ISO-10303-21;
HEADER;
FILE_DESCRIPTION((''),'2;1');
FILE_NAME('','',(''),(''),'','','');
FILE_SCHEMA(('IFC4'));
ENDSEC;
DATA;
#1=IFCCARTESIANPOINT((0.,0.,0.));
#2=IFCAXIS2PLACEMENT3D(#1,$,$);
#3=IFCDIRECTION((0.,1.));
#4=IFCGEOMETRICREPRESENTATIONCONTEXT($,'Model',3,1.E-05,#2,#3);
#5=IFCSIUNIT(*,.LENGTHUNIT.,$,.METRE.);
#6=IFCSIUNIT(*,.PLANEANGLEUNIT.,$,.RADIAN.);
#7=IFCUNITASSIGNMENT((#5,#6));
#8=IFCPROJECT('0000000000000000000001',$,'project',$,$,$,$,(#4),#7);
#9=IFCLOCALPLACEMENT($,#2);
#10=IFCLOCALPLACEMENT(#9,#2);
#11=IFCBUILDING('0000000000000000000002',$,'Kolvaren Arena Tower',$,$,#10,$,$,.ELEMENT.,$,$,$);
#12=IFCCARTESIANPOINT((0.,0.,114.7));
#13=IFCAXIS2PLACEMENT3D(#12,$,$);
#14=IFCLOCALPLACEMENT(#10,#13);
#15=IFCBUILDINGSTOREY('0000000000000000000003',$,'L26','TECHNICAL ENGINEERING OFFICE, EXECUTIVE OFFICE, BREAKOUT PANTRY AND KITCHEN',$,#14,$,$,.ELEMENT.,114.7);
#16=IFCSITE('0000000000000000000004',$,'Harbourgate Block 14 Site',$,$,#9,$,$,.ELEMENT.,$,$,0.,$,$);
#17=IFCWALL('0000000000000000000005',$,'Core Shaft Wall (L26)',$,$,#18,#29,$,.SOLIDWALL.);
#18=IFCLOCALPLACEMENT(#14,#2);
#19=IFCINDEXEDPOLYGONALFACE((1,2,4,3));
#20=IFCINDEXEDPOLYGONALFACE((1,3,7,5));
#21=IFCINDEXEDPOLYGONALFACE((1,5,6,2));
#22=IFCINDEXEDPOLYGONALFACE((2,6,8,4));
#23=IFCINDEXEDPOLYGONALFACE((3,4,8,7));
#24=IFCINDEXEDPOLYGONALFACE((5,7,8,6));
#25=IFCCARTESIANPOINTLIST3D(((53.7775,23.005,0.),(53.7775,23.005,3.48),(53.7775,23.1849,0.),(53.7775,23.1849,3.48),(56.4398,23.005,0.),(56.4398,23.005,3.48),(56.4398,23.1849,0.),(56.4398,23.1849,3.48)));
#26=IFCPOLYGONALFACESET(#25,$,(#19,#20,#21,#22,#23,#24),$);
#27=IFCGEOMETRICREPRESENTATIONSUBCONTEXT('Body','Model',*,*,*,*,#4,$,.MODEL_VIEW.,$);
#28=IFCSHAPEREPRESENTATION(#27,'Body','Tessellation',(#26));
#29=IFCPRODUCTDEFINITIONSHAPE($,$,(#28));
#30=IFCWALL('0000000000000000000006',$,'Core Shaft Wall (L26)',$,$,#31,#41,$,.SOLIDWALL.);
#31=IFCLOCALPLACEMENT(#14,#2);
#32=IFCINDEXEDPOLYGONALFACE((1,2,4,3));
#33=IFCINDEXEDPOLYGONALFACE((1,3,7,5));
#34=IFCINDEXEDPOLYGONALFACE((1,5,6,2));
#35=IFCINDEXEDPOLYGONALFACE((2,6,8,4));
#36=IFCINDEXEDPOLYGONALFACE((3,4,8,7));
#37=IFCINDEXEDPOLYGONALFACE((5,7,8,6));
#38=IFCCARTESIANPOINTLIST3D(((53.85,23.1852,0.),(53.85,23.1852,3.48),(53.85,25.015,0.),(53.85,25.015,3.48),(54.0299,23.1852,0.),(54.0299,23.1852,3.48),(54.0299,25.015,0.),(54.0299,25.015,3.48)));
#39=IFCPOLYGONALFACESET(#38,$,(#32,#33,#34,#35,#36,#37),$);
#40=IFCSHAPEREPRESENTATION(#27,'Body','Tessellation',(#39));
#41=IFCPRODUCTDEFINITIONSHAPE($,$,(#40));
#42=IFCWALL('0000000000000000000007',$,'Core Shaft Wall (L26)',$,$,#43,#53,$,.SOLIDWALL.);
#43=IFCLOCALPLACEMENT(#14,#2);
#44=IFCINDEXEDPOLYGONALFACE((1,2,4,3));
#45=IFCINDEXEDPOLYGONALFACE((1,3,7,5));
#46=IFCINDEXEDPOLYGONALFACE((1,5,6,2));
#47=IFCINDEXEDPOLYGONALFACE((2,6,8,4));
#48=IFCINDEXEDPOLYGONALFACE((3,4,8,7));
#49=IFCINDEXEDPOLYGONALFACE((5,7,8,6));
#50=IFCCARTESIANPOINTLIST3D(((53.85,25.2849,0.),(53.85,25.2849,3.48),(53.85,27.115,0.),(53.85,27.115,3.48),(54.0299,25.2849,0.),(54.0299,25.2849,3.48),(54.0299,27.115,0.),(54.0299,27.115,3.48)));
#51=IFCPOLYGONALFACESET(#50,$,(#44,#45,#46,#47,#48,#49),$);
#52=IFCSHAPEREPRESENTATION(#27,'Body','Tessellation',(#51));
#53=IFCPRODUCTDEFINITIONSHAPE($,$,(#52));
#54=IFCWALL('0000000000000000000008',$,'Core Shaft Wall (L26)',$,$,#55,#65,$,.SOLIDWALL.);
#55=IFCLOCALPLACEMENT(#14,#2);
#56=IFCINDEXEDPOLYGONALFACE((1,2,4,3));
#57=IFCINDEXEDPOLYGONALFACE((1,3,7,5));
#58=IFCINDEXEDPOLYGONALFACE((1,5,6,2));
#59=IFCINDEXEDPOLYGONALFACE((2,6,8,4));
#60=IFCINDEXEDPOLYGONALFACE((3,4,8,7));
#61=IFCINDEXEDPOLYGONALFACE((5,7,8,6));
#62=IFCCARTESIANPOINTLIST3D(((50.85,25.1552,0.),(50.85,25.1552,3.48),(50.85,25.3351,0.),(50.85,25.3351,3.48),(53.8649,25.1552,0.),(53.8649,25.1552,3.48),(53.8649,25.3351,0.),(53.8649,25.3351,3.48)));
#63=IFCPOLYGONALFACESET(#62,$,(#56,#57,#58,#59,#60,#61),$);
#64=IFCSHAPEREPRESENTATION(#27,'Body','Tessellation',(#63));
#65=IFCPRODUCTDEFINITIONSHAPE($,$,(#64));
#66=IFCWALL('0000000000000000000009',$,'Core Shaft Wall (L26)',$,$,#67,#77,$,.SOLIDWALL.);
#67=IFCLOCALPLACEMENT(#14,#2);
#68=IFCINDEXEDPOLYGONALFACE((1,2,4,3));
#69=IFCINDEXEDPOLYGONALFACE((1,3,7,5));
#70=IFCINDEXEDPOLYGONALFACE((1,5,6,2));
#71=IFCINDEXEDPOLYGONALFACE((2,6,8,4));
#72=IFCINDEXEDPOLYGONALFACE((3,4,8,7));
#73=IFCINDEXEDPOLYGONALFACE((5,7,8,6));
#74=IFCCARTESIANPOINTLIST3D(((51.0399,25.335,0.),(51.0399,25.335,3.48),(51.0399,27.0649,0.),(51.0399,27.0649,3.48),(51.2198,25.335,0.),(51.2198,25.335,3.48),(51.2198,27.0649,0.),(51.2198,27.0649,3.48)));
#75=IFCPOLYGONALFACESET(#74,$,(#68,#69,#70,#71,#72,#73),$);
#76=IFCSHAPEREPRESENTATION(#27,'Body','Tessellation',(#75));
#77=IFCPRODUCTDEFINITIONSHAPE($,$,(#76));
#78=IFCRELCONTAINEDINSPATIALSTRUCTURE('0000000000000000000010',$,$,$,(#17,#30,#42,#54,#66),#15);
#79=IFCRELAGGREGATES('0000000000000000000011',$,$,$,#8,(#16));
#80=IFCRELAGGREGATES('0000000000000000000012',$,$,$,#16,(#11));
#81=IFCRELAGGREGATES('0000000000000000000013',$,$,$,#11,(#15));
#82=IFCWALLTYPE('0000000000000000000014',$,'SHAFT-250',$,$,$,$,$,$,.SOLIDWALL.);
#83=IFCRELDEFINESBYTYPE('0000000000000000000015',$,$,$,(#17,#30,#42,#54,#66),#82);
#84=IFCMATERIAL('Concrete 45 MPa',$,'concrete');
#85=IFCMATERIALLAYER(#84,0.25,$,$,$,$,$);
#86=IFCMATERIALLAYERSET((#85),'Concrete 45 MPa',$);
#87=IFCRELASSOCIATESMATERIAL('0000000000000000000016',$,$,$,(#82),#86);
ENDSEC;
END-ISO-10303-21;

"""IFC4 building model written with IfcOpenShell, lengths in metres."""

from ifc_helpers import new_model, si_unit, direction, frame, frame_2d, origin, place, context, subcontext, project, spatial, rectangle, extrude, material, layer, layer_set, type_object, element, save


model = new_model("IFC4")

# Units and contexts
model_context = context("Model", 3, precision=1e-05, world=origin(), true_north=direction((0.0, 1.0)))
body_context = subcontext(model_context, "Body", "Model", "MODEL_VIEW")
ifc_project = project(units=[si_unit("LENGTHUNIT", "METRE"), si_unit("PLANEANGLEUNIT", "RADIAN")], contexts=[model_context])

# Site, building, storey
site_placement = place(None, origin())
site = spatial("IfcSite", under=ifc_project, at=site_placement, Name="Harbourgate Block 14 Site", CompositionType="ELEMENT", RefElevation=0.0)
building_placement = place(site_placement, origin())
building = spatial("IfcBuilding", under=site, at=building_placement, Name="Kolvaren Arena Tower", CompositionType="ELEMENT")
storey_placement = place(building_placement, frame((0.0, 0.0, 114.7)))
storey = spatial("IfcBuildingStorey", under=building, at=storey_placement, Name="L26", Description="TECHNICAL ENGINEERING OFFICE, EXECUTIVE OFFICE, BREAKOUT PANTRY AND KITCHEN", CompositionType="ELEMENT", Elevation=114.7)

# Shared definitions
ifc_material_1 = material(Name="Concrete 45 MPa", Category="concrete")
ifc_layer_1 = layer(ifc_material_1, 0.25)
ifc_layer_set_1 = layer_set([ifc_layer_1], Name="Concrete 45 MPa")
wall_type_1 = type_object("IfcWallType", Name="SHAFT-250", PredefinedType="SOLIDWALL", material=ifc_layer_set_1)

# Walls
for number, where, z_axis, x_axis, name in (
    (1, (53.7776, 23.095, 0.0), (0.0, 0.0, 1.0), (1.0, 0.0, 0.0), "Core Shaft Wall (L26)"),
):
    element("IfcWall", number, at=place(storey_placement, frame(where, z_axis=z_axis, x_axis=x_axis)), inside=storey, type_object=wall_type_1, Name=name, PredefinedType="SOLIDWALL", context=body_context, shape_type="SweptSolid", body=[
        extrude(rectangle(XDim=2.6624, YDim=0.1799, at=frame_2d((1.3311, 0.0))), origin(), (0.0, 0.0, 1.0), 3.48),
    ])
wall_1_placement = place(storey_placement, frame((53.9399, 23.1851, 0.0), z_axis=(0.0, 0.0, 1.0), x_axis=(0.0, 1.0, 0.0)))
element("IfcWall", 2, at=wall_1_placement, inside=storey, type_object=wall_type_1, Name="Core Shaft Wall (L26)", PredefinedType="SOLIDWALL", context=body_context, shape_type="SweptSolid", body=[
    extrude(rectangle(XDim=1.8298, YDim=0.1799, at=frame_2d((0.915, 0.0))), origin(), (0.0, 0.0, 1.0), 3.48),
])
wall_2_placement = place(storey_placement, frame((53.9399, 25.2849, 0.0), z_axis=(0.0, 0.0, 1.0), x_axis=(0.0, 1.0, 0.0)))
element("IfcWall", 3, at=wall_2_placement, inside=storey, type_object=wall_type_1, Name="Core Shaft Wall (L26)", PredefinedType="SOLIDWALL", context=body_context, shape_type="SweptSolid", body=[
    extrude(rectangle(XDim=1.8301, YDim=0.1799, at=frame_2d((0.915, 0.0))), origin(), (0.0, 0.0, 1.0), 3.48),
])
wall_3_placement = place(storey_placement, frame((50.8501, 25.2451, 0.0), z_axis=(0.0, 0.0, 1.0), x_axis=(1.0, 0.0, 0.0)))
element("IfcWall", 4, at=wall_3_placement, inside=storey, type_object=wall_type_1, Name="Core Shaft Wall (L26)", PredefinedType="SOLIDWALL", context=body_context, shape_type="SweptSolid", body=[
    extrude(rectangle(XDim=3.0149, YDim=0.1799, at=frame_2d((1.5073, 0.0))), origin(), (0.0, 0.0, 1.0), 3.48),
])
wall_4_placement = place(storey_placement, frame((51.1299, 25.335, 0.0), z_axis=(0.0, 0.0, 1.0), x_axis=(0.0, 1.0, 0.0)))
element("IfcWall", 5, at=wall_4_placement, inside=storey, type_object=wall_type_1, Name="Core Shaft Wall (L26)", PredefinedType="SOLIDWALL", context=body_context, shape_type="SweptSolid", body=[
    extrude(rectangle(XDim=1.73, YDim=0.1799, at=frame_2d((0.865, 0.0))), origin(), (0.0, 0.0, 1.0), 3.48),
])

save(model, "model.ifc")
